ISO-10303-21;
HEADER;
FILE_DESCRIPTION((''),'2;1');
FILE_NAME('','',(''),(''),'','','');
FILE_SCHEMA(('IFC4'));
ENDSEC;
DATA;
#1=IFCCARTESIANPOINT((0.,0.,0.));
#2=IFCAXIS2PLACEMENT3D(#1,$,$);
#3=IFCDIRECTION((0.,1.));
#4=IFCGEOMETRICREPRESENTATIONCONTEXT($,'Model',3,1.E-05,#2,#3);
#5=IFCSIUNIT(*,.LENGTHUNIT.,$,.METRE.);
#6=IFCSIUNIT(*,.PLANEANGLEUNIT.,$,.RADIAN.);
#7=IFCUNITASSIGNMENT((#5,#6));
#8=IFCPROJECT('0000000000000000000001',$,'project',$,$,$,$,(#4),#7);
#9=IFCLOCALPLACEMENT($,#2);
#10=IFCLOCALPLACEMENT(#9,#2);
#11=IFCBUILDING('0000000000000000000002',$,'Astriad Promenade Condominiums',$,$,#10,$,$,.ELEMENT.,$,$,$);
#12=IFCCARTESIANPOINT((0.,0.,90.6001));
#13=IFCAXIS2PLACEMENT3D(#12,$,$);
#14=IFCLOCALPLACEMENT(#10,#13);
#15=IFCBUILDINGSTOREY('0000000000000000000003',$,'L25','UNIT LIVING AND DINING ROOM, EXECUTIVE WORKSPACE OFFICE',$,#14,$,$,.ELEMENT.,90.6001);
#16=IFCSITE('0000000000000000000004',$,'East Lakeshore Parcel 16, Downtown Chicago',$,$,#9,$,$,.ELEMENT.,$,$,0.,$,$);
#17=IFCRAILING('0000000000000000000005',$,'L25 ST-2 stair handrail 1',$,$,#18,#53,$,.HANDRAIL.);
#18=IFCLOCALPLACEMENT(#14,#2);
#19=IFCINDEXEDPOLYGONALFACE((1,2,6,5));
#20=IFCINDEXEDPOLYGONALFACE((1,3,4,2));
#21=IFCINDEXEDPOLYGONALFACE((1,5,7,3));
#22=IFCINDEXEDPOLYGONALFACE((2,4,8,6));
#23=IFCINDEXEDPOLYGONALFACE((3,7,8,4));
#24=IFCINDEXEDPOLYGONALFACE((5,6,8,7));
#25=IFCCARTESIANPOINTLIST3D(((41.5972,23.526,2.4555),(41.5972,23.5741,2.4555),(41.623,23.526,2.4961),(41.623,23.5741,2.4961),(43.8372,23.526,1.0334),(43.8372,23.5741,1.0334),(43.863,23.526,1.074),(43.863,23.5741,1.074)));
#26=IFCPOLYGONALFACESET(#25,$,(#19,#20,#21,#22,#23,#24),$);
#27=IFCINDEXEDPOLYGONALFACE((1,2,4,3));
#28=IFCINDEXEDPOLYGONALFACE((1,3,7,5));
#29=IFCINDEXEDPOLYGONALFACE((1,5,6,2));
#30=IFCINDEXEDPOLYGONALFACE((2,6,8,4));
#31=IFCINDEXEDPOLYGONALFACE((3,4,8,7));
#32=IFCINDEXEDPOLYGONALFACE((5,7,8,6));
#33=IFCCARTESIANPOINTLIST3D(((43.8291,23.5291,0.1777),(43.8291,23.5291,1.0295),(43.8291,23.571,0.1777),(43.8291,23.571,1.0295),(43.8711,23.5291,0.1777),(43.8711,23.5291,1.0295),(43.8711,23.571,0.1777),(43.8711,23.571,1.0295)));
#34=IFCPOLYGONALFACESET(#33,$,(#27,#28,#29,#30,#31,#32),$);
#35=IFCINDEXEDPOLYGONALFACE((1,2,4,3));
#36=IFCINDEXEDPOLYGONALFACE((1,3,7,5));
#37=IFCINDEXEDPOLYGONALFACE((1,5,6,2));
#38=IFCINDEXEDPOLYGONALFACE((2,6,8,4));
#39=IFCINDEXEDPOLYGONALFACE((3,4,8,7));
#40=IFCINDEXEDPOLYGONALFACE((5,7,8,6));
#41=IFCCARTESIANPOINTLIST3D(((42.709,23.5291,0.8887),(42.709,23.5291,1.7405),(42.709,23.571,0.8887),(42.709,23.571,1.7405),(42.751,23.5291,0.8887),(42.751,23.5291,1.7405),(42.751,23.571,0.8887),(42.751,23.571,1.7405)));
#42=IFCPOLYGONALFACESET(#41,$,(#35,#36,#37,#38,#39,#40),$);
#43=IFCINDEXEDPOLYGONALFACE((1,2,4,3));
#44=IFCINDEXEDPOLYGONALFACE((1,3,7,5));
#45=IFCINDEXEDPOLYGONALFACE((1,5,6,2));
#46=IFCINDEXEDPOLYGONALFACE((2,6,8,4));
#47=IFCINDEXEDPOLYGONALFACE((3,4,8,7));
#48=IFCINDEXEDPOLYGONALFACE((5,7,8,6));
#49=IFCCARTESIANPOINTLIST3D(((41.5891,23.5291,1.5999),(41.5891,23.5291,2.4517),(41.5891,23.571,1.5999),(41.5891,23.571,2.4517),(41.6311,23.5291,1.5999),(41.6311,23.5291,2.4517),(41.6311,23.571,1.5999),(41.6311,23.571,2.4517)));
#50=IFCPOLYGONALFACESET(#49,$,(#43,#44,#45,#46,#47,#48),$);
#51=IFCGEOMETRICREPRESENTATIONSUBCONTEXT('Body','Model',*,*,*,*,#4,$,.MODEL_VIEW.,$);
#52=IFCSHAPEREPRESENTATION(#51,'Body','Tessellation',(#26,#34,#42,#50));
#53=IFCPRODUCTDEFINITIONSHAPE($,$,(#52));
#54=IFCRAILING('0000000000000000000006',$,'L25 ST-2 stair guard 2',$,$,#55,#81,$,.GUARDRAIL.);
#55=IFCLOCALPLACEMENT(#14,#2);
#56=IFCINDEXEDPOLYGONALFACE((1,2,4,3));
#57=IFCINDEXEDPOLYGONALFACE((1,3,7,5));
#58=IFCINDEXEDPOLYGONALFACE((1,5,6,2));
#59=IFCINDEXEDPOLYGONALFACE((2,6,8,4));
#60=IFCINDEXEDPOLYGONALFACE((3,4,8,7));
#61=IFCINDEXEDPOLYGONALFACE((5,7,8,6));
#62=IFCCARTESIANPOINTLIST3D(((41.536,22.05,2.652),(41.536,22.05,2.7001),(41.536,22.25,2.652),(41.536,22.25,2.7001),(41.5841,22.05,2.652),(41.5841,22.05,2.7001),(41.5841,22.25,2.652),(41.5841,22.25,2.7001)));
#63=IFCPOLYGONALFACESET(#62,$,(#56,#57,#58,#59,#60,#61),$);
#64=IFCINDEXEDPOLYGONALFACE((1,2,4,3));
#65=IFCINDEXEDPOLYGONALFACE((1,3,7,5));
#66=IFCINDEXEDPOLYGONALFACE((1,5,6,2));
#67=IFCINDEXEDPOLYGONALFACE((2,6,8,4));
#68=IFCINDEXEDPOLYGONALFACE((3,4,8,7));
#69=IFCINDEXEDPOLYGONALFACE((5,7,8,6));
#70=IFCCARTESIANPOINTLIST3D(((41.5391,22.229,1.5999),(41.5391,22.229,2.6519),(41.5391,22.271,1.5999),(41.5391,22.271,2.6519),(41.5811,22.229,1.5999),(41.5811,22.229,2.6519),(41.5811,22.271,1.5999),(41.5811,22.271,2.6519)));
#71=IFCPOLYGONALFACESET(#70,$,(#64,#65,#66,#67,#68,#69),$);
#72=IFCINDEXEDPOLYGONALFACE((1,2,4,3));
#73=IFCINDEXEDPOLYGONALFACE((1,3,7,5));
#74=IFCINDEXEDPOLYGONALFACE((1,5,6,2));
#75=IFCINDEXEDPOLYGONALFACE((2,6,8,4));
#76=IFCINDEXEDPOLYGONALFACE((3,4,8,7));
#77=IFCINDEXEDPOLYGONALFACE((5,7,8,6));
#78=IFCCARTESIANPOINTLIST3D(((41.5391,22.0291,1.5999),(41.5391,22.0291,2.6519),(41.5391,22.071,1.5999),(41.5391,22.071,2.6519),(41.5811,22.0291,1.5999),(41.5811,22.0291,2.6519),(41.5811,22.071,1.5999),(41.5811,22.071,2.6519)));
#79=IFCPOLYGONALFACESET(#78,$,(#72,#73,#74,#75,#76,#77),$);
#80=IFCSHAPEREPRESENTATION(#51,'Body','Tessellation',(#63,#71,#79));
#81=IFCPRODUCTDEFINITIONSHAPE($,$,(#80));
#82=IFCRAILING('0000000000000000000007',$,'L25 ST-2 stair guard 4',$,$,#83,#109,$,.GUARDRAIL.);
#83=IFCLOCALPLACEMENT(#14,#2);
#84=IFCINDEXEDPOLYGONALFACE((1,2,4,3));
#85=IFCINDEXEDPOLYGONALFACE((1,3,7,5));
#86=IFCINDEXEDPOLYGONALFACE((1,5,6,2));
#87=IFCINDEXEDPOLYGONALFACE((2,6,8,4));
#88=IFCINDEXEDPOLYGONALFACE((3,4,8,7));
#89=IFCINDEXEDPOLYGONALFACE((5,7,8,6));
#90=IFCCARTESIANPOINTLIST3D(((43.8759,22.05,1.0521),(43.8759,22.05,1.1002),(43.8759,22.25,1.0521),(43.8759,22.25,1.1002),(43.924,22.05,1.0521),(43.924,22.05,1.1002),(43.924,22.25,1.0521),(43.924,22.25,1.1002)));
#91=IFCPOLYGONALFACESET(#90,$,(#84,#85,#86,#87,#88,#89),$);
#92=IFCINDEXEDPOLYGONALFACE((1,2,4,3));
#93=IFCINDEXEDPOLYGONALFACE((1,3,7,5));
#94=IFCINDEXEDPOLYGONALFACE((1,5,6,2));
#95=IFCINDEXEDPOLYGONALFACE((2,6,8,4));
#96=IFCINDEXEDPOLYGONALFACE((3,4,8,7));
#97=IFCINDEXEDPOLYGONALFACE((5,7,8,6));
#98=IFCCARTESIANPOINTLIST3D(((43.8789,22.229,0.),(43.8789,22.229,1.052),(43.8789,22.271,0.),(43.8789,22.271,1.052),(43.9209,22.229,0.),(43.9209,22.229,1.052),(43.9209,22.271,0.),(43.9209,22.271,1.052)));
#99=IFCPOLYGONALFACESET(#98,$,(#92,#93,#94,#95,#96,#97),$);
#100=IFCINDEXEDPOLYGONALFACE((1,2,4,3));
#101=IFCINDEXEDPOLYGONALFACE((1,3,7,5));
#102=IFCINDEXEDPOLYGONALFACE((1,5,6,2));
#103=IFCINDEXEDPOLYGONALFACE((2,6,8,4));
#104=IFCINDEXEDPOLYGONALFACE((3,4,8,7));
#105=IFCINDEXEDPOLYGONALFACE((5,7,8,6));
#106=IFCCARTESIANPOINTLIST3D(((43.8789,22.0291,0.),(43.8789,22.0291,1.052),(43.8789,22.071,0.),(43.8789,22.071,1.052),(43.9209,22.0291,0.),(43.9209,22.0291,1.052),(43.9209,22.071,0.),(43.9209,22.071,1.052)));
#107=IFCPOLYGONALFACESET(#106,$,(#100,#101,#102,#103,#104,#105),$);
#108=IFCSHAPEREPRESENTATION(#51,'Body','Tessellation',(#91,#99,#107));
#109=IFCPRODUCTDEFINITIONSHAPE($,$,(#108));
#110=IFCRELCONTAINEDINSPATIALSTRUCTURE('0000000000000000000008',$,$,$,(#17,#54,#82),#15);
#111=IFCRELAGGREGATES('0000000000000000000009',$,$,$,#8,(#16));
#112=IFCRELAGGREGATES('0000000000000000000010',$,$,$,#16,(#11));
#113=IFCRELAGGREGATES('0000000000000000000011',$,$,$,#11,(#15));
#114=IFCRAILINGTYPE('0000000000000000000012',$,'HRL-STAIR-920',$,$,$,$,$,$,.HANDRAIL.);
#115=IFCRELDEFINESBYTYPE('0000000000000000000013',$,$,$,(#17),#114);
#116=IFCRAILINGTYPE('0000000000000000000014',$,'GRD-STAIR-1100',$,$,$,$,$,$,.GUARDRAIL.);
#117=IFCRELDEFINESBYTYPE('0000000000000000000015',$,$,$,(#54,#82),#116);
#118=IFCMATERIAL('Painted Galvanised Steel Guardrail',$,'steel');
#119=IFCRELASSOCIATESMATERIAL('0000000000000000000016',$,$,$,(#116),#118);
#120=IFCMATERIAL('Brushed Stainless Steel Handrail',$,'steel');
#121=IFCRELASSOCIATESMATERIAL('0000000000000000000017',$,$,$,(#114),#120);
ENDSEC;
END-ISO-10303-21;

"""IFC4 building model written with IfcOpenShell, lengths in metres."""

from ifc_helpers import new_model, si_unit, direction, frame, origin, origin_2d, place, context, subcontext, project, spatial, rectangle, extrude, source, transform, mapped, material, type_object, element, save


model = new_model("IFC4")

# Units and contexts
model_context = context("Model", 3, precision=1e-05, world=origin(), true_north=direction((0.0, 1.0)))
body_context = subcontext(model_context, "Body", "Model", "MODEL_VIEW")
ifc_project = project(units=[si_unit("LENGTHUNIT", "METRE"), si_unit("PLANEANGLEUNIT", "RADIAN")], contexts=[model_context])

# Site, building, storey
site_placement = place(None, origin())
site = spatial("IfcSite", under=ifc_project, at=site_placement, Name="East Lakeshore Parcel 16, Downtown Chicago", CompositionType="ELEMENT", RefElevation=0.0)
building_placement = place(site_placement, origin())
building = spatial("IfcBuilding", under=site, at=building_placement, Name="Astriad Promenade Condominiums", CompositionType="ELEMENT")
storey_placement = place(building_placement, frame((0.0, 0.0, 90.6001)))
storey = spatial("IfcBuildingStorey", under=building, at=storey_placement, Name="L25", Description="UNIT LIVING AND DINING ROOM, EXECUTIVE WORKSPACE OFFICE", CompositionType="ELEMENT", Elevation=90.6001)

# Railings
ifc_material_1 = material(Name="Painted Galvanised Steel Guardrail", Category="steel")
railing_type_1 = type_object("IfcRailingType", Name="GRD-STAIR-1100", PredefinedType="GUARDRAIL", material=ifc_material_1)
ifc_material_2 = material(Name="Brushed Stainless Steel Handrail", Category="steel")
railing_type_2 = type_object("IfcRailingType", Name="HRL-STAIR-920", PredefinedType="HANDRAIL", material=ifc_material_2)
shared_shape_1 = source(origin(), body_context, "Body", "SweptSolid", [
    extrude(rectangle(XDim=0.0481, YDim=0.0481, at=origin_2d()), frame((0.0, 0.0, 0.876), z_axis=(-0.844229, 0.0, 0.535982), x_axis=(0.0, -1.0, 0.0)), (0.0, 0.0, 1.0), 2.6533),
    extrude(rectangle(XDim=0.042, YDim=0.042, at=origin_2d()), origin(), (0.0, 0.0, 1.0), 0.8518),
    extrude(rectangle(XDim=0.042, YDim=0.042, at=origin_2d()), frame((-1.1201, 0.0, 0.7109)), (0.0, 0.0, 1.0), 0.8518),
    extrude(rectangle(XDim=0.042, YDim=0.042, at=origin_2d()), frame((-2.24, 0.0, 1.4221)), (0.0, 0.0, 1.0), 0.8518),
])
railing_1_placement = place(storey_placement, frame((43.8501, 23.55, 0.1777)))
element("IfcRailing", 1, at=railing_1_placement, inside=storey, type_object=railing_type_2, Name="L25 ST-2 stair handrail 1", PredefinedType="HANDRAIL", context=body_context, shape_type="MappedRepresentation", body=[
    mapped(shared_shape_1, transform((0.0, 0.0, 0.0), scale=1.0)),
])
shared_shape_2 = source(origin(), body_context, "Body", "SweptSolid", [
    extrude(rectangle(XDim=0.0481, YDim=0.0481, at=origin_2d()), frame((0.0, 0.0, 1.0762), z_axis=(0.0, -1.0, 0.0), x_axis=(1.0, 0.0, 0.0)), (0.0, 0.0, 1.0), 0.2),
    extrude(rectangle(XDim=0.042, YDim=0.042, at=origin_2d()), origin(), (0.0, 0.0, 1.0), 1.052),
    extrude(rectangle(XDim=0.042, YDim=0.042, at=origin_2d()), frame((0.0, -0.2, 0.0)), (0.0, 0.0, 1.0), 1.052),
])
for number, where, name in (
    (2, (41.5601, 22.25, 1.5999), "L25 ST-2 stair guard 2"),
    (3, (43.8999, 22.25, 0.0), "L25 ST-2 stair guard 4"),
):
    element("IfcRailing", number, at=place(storey_placement, frame(where)), inside=storey, type_object=railing_type_1, Name=name, PredefinedType="GUARDRAIL", context=body_context, shape_type="MappedRepresentation", body=[
        mapped(shared_shape_2, transform((0.0, 0.0, 0.0), scale=1.0)),
    ])

save(model, "model.ifc")
